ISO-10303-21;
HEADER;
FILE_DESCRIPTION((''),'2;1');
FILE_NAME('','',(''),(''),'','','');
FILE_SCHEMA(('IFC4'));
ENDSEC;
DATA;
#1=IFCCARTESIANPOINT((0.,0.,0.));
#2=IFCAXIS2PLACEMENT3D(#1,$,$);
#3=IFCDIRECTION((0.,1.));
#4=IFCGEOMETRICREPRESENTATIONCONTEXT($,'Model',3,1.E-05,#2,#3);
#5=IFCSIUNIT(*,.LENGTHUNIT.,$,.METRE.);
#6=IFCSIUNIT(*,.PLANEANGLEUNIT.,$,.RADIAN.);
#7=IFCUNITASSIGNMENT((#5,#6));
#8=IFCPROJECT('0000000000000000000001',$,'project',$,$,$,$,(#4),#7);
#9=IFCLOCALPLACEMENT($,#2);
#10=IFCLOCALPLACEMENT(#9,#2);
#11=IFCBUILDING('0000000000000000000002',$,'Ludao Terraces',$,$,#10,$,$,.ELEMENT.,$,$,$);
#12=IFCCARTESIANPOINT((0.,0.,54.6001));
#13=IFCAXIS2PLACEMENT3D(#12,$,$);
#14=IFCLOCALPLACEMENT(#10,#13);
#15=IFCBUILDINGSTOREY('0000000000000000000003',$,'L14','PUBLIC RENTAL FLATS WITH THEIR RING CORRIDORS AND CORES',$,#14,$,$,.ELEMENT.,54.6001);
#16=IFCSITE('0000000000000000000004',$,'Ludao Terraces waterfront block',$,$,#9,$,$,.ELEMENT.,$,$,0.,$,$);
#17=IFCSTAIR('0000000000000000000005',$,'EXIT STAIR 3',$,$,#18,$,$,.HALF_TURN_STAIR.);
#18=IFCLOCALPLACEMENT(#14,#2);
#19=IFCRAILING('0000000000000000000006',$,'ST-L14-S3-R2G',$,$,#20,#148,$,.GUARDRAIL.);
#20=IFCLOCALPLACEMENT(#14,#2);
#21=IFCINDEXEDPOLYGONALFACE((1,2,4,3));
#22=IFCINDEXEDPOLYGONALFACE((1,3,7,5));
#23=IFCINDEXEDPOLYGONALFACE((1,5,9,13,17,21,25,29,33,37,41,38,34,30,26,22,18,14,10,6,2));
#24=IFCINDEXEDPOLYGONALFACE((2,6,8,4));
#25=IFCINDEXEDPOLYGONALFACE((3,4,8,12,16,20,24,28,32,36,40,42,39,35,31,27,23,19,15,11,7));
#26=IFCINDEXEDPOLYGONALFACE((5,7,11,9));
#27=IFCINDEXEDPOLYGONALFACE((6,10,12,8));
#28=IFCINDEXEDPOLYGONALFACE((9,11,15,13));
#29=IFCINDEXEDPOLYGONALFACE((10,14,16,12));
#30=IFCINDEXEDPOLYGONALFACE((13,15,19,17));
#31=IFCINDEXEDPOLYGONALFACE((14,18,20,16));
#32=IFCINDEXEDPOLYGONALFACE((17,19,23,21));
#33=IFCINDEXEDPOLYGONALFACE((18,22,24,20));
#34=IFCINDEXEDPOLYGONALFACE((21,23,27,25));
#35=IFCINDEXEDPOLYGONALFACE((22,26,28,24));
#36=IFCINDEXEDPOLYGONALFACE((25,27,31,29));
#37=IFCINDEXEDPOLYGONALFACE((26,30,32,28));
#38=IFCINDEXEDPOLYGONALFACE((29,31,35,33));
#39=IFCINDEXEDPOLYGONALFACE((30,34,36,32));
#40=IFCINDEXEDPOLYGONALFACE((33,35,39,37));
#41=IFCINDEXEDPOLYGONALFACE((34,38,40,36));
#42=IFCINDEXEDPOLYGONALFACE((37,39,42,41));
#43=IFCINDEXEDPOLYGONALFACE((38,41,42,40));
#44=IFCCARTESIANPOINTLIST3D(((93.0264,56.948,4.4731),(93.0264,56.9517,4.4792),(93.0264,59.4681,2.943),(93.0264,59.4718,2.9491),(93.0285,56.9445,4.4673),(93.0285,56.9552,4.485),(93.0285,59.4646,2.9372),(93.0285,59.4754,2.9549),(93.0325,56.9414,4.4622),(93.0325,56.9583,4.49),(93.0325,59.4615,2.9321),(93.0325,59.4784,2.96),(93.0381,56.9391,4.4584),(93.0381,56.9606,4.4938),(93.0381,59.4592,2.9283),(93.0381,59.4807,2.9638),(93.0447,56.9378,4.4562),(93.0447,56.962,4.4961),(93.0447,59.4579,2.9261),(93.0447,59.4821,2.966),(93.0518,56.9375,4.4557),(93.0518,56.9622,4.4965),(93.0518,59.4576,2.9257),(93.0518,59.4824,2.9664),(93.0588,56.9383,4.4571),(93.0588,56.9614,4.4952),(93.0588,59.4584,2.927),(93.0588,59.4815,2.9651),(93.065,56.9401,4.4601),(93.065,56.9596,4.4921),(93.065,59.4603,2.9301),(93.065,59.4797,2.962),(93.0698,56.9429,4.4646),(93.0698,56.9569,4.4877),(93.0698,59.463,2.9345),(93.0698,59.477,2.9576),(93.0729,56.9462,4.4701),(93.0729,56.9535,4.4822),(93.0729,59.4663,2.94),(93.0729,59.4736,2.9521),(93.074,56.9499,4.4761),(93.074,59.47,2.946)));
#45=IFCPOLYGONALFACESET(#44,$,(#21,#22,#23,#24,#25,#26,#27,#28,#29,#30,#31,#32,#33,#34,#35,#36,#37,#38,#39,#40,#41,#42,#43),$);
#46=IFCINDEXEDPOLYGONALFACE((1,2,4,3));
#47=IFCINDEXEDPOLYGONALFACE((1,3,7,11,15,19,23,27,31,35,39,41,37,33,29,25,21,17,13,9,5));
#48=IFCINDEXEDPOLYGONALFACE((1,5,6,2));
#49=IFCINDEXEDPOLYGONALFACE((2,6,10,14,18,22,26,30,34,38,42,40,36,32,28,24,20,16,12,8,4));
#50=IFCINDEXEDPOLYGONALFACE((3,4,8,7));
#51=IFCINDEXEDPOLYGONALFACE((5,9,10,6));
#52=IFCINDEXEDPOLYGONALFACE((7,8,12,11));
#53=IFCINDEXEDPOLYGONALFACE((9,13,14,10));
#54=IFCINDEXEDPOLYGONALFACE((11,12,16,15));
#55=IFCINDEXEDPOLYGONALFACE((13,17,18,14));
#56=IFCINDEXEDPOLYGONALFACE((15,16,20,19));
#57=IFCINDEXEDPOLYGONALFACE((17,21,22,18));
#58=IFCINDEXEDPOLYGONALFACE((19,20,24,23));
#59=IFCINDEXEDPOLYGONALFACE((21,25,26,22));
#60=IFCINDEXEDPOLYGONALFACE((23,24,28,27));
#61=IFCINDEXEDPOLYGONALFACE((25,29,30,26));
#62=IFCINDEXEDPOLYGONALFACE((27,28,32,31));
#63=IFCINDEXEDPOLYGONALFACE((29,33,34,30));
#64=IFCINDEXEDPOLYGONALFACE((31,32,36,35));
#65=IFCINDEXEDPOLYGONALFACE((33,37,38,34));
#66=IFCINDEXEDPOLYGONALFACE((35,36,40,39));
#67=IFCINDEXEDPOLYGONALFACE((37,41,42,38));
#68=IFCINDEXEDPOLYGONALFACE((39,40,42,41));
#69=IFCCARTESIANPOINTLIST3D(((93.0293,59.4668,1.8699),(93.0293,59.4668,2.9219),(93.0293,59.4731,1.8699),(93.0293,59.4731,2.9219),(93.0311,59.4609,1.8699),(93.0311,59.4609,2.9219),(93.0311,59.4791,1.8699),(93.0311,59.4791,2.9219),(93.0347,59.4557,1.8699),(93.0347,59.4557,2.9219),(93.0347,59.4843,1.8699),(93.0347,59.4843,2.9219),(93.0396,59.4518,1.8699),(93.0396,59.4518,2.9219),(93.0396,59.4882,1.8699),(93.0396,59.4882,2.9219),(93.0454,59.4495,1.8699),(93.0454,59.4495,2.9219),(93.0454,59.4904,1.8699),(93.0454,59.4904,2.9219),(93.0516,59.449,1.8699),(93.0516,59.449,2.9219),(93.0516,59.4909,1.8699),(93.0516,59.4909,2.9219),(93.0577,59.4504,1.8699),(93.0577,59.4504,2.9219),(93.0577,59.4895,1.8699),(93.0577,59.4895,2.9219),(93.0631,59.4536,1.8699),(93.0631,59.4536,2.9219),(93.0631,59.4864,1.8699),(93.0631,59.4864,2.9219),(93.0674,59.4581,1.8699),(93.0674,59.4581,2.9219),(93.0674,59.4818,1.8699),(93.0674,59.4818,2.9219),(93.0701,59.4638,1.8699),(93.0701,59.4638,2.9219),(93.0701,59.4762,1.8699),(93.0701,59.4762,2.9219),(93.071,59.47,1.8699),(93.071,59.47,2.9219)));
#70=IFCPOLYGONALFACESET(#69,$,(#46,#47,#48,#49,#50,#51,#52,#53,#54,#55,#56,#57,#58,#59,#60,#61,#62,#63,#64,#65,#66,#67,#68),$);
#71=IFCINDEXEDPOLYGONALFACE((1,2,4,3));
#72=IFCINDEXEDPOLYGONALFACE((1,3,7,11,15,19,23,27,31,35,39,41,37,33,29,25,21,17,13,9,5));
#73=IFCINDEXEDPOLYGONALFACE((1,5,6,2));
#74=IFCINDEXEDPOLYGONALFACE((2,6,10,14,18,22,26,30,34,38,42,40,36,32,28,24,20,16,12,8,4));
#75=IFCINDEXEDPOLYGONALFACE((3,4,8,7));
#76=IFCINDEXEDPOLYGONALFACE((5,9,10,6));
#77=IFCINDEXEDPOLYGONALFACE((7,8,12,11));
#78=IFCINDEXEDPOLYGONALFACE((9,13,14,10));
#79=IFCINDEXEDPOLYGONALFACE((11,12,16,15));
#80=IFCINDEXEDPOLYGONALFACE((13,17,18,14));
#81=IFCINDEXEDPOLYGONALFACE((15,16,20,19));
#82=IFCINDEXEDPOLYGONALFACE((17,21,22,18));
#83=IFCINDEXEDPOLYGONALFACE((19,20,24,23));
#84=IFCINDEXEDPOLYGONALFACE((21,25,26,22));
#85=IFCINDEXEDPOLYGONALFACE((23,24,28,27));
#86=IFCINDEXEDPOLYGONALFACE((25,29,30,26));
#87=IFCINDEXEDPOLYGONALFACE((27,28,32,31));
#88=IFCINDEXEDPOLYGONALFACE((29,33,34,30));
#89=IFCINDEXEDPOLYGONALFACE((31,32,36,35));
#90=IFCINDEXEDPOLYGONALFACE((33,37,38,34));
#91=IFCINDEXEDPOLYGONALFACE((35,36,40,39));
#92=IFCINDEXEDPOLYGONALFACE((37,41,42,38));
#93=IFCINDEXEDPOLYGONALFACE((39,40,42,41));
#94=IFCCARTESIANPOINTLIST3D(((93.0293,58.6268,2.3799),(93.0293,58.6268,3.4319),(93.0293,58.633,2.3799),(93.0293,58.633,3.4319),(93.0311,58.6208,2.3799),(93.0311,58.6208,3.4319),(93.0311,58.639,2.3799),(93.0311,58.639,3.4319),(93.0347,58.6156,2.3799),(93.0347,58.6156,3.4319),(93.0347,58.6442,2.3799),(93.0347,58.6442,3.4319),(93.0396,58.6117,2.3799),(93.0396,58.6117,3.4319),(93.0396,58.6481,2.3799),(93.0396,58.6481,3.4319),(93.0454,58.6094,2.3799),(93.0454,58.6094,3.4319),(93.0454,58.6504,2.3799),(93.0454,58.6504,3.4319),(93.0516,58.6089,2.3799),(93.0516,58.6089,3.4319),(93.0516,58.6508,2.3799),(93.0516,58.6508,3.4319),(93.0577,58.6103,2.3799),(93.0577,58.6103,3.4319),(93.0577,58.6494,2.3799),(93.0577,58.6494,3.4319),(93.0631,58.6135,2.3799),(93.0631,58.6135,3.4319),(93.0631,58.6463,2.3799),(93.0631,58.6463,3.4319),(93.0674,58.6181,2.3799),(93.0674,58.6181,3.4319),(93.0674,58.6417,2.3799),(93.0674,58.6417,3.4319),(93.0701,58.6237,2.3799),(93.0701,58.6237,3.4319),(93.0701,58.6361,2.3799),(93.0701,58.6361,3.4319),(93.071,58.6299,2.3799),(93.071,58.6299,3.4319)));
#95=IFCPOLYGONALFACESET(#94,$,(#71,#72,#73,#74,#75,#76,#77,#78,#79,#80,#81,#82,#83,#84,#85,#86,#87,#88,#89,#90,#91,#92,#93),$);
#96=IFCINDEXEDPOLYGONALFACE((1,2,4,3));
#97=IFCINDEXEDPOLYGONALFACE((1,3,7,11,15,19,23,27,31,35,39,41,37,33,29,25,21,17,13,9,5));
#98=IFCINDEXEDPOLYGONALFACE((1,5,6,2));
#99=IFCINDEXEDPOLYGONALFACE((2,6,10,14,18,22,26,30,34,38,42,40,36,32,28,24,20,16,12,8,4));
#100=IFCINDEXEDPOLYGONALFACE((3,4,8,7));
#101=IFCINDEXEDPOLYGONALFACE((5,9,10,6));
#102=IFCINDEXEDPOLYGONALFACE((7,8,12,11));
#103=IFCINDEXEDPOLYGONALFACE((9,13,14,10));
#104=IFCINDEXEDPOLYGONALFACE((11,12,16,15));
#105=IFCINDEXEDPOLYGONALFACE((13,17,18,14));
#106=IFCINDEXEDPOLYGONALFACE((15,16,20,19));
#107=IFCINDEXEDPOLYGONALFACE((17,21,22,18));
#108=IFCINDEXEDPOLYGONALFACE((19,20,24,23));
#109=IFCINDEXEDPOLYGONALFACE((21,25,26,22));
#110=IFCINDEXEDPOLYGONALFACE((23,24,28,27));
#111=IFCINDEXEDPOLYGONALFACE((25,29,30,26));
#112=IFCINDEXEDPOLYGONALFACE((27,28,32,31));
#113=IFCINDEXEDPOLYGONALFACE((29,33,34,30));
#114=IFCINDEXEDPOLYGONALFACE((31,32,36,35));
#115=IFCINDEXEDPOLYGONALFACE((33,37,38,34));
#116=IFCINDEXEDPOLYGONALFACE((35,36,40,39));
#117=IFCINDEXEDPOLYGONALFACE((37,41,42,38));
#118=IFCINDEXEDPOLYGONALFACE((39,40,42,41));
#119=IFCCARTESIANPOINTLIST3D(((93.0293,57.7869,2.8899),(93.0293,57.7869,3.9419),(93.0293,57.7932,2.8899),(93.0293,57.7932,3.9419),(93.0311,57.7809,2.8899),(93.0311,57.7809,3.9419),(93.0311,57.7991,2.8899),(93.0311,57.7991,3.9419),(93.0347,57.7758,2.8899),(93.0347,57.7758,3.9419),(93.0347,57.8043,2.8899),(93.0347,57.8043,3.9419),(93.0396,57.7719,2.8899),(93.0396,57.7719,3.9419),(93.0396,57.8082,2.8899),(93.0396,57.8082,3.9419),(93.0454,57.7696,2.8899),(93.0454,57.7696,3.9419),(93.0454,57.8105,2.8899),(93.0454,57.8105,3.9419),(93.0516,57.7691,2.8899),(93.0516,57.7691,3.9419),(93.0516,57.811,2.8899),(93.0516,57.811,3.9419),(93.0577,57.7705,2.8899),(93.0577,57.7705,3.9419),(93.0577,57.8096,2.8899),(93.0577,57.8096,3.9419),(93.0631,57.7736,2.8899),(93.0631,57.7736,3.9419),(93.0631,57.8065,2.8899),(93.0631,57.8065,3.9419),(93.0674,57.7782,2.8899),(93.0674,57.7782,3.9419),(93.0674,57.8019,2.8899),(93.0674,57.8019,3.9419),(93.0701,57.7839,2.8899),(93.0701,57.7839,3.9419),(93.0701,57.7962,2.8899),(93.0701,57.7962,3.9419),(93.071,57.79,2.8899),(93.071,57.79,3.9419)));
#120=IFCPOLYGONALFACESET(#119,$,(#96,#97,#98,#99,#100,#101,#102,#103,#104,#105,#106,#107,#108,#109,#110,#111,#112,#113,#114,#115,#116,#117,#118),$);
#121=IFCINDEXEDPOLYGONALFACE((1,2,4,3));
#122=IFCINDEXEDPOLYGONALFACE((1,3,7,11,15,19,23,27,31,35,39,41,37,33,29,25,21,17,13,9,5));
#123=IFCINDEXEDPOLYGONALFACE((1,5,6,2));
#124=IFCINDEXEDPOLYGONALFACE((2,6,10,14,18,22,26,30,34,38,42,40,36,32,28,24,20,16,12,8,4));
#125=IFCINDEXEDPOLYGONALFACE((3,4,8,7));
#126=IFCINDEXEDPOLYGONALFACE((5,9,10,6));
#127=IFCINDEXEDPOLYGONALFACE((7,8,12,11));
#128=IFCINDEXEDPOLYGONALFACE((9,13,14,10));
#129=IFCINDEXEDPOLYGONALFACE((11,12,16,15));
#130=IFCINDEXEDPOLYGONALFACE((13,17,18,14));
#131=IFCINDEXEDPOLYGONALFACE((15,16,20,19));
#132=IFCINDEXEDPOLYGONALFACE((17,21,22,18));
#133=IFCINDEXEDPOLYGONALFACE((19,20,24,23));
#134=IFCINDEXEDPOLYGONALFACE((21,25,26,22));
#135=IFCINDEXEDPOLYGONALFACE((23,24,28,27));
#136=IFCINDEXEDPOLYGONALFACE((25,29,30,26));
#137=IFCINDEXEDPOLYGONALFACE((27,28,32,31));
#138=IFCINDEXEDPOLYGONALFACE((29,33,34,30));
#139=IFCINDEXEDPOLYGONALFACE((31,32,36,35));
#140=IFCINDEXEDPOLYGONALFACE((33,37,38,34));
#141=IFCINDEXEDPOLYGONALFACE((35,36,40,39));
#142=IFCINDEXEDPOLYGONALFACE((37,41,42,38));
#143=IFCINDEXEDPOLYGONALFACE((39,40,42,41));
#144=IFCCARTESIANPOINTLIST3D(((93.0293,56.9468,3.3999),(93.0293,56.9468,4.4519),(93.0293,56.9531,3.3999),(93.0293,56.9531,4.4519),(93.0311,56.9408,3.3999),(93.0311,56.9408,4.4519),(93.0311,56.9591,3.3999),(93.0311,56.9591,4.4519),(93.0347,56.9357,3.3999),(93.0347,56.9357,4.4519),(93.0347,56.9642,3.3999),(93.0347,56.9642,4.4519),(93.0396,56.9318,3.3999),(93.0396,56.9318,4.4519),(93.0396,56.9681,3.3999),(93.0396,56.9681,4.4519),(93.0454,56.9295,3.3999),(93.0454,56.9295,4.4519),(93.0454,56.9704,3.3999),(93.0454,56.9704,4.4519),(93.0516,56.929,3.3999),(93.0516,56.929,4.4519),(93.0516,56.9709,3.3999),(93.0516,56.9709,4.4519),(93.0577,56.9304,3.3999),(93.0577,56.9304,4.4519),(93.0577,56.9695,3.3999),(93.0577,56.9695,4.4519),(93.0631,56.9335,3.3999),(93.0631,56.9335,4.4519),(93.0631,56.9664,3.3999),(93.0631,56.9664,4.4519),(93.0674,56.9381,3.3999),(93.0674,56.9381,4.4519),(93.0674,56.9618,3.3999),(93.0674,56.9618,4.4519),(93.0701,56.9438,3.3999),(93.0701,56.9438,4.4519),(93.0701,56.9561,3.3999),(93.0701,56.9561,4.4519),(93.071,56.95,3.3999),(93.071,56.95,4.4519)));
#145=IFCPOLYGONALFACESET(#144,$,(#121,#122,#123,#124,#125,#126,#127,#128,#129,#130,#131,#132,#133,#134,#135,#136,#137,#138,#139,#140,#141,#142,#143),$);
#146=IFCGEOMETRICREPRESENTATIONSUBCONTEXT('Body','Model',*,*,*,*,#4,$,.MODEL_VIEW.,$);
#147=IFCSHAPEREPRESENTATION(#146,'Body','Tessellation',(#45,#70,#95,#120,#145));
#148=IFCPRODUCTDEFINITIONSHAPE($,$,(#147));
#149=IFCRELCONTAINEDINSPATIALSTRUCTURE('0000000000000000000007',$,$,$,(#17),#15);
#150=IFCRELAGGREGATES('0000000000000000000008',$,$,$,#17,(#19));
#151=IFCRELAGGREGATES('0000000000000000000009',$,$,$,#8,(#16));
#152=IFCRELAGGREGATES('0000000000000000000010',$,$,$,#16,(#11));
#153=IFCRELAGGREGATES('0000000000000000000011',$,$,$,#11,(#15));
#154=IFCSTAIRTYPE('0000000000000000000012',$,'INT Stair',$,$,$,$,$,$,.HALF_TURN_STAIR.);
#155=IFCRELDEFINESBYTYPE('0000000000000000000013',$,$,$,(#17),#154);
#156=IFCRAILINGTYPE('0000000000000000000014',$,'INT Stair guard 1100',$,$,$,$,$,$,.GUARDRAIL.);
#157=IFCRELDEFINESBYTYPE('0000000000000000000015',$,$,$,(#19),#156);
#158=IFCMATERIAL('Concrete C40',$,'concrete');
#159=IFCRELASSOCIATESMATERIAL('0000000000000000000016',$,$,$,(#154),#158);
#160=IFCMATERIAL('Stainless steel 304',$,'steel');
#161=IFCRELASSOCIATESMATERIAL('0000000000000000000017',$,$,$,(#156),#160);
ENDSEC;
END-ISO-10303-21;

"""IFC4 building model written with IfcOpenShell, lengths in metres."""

from ifc_helpers import new_model, si_unit, direction, frame, origin, origin_2d, place, context, subcontext, project, spatial, circle, extrude, material, type_object, element, aggregate, save


model = new_model("IFC4")

# Units and contexts
model_context = context("Model", 3, precision=1e-05, world=origin(), true_north=direction((0.0, 1.0)))
body_context = subcontext(model_context, "Body", "Model", "MODEL_VIEW")
ifc_project = project(units=[si_unit("LENGTHUNIT", "METRE"), si_unit("PLANEANGLEUNIT", "RADIAN")], contexts=[model_context])

# Site, building, storey
site_placement = place(None, origin())
site = spatial("IfcSite", under=ifc_project, at=site_placement, Name="Ludao Terraces waterfront block", CompositionType="ELEMENT", RefElevation=0.0)
building_placement = place(site_placement, origin())
building = spatial("IfcBuilding", under=site, at=building_placement, Name="Ludao Terraces", CompositionType="ELEMENT")
storey_placement = place(building_placement, frame((0.0, 0.0, 54.6001)))
storey = spatial("IfcBuildingStorey", under=building, at=storey_placement, Name="L14", Description="PUBLIC RENTAL FLATS WITH THEIR RING CORRIDORS AND CORES", CompositionType="ELEMENT", Elevation=54.6001)

# Stair, railing
ifc_material_1 = material(Name="Concrete C40", Category="concrete")
stair_type = type_object("IfcStairType", Name="INT Stair", PredefinedType="HALF_TURN_STAIR", material=ifc_material_1)
stair_placement = place(storey_placement, origin())
stair = element("IfcStair", 1, at=stair_placement, inside=storey, type_object=stair_type, Name="EXIT STAIR 3", PredefinedType="HALF_TURN_STAIR")
ifc_material_2 = material(Name="Stainless steel 304", Category="steel")
railing_type_1 = type_object("IfcRailingType", Name="INT Stair guard 1100", PredefinedType="GUARDRAIL", material=ifc_material_2)
railing_1_placement = place(storey_placement, frame((93.05, 59.47, 1.8699)))
railing_1 = element("IfcRailing", 2, at=railing_1_placement, type_object=railing_type_1, Name="ST-L14-S3-R2G", PredefinedType="GUARDRAIL", context=body_context, shape_type="SweptSolid", body=[
    extrude(circle(Radius=0.0239, at=origin_2d()), frame((0.0, 0.0, 1.0762), z_axis=(0.0, -0.854785, 0.518982), x_axis=(1.0, 0.0, 0.0)), (0.0, 0.0, 1.0), 2.9482),
    extrude(circle(Radius=0.021, at=origin_2d()), origin(), (0.0, 0.0, 1.0), 1.052),
    extrude(circle(Radius=0.021, at=origin_2d()), frame((0.0, -0.8401, 0.51)), (0.0, 0.0, 1.0), 1.052),
    extrude(circle(Radius=0.021, at=origin_2d()), frame((0.0, -1.6799, 1.02)), (0.0, 0.0, 1.0), 1.052),
    extrude(circle(Radius=0.021, at=origin_2d()), frame((0.0, -2.52, 1.53)), (0.0, 0.0, 1.0), 1.052),
])
aggregate(stair, [railing_1])

save(model, "model.ifc")
